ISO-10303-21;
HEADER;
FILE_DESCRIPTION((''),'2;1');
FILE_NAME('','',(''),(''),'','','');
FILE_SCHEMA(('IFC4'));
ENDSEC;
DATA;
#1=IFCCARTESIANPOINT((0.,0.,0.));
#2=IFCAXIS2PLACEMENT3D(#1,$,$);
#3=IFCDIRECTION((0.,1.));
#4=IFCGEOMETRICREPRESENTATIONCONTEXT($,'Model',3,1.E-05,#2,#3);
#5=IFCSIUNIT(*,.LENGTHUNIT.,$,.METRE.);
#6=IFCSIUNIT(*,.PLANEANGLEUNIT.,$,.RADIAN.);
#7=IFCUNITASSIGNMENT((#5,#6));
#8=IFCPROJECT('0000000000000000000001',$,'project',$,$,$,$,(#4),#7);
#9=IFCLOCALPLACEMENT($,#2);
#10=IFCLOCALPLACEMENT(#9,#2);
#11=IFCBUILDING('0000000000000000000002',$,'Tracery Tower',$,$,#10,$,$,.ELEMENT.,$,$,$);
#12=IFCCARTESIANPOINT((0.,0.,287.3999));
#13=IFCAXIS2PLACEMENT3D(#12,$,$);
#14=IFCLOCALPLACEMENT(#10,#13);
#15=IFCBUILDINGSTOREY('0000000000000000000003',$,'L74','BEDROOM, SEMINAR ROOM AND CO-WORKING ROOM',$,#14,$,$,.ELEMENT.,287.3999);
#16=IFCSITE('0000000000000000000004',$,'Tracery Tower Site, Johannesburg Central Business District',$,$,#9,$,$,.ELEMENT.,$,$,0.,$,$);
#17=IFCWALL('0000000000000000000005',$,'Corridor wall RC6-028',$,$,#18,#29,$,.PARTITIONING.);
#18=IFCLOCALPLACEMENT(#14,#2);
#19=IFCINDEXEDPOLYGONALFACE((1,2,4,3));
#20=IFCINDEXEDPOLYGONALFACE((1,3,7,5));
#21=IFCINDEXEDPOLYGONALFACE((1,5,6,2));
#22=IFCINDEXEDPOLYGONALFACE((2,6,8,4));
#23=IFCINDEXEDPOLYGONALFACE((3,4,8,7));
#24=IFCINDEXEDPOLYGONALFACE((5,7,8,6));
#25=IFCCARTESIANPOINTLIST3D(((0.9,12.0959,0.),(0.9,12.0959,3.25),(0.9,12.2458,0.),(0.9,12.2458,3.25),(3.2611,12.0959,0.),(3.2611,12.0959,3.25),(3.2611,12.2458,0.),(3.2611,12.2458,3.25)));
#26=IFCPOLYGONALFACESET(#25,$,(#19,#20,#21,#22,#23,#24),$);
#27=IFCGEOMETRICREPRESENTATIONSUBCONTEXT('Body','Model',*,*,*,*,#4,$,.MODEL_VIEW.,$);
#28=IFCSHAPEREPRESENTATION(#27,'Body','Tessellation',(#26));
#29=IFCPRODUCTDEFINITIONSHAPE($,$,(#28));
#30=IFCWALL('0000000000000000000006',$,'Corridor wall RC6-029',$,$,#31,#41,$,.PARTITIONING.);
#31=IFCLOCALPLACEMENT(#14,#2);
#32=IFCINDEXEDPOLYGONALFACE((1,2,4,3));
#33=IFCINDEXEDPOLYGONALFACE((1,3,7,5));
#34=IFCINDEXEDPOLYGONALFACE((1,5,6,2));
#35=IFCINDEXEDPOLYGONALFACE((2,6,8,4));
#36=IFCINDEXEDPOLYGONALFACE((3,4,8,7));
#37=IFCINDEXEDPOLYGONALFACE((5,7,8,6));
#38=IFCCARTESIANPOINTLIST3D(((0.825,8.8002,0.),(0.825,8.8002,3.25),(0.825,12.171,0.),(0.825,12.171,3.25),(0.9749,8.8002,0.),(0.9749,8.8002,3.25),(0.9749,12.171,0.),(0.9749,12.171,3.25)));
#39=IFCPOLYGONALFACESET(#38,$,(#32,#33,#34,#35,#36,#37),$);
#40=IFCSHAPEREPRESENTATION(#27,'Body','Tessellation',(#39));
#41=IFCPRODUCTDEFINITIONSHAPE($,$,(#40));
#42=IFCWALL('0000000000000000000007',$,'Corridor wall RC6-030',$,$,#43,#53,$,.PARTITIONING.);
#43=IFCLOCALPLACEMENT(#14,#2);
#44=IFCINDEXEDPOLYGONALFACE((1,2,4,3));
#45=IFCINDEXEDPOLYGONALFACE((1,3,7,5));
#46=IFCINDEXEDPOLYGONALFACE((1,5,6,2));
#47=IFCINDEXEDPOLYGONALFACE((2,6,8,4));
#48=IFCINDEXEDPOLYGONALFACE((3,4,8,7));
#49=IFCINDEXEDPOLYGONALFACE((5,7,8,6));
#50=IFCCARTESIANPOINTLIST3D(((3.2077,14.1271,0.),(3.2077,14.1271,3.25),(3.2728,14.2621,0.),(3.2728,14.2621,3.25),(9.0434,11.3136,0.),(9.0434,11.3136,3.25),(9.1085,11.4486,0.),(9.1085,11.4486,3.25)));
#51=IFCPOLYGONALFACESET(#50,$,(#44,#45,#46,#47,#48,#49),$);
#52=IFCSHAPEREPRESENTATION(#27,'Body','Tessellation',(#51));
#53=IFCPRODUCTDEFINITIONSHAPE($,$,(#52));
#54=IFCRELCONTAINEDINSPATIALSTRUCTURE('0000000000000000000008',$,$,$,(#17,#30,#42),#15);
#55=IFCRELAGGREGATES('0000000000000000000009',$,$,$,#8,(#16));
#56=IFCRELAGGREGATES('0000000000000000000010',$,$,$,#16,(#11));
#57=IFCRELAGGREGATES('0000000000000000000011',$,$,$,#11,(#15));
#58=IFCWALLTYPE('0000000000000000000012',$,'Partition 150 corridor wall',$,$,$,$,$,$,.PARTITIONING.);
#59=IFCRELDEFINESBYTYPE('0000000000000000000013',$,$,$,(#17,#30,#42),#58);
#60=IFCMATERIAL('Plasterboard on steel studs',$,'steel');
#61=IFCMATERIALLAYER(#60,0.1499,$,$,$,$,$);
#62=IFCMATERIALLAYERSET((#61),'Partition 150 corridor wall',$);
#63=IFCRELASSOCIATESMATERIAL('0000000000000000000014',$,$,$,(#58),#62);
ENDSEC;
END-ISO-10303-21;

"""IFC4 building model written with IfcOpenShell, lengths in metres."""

from ifc_helpers import new_model, si_unit, direction, frame, frame_2d, origin, place, context, subcontext, project, spatial, rectangle, extrude, material, layer, layer_set, type_object, element, save


model = new_model("IFC4")

# Units and contexts
model_context = context("Model", 3, precision=1e-05, world=origin(), true_north=direction((0.0, 1.0)))
body_context = subcontext(model_context, "Body", "Model", "MODEL_VIEW")
ifc_project = project(units=[si_unit("LENGTHUNIT", "METRE"), si_unit("PLANEANGLEUNIT", "RADIAN")], contexts=[model_context])

# Site, building, storey
site_placement = place(None, origin())
site = spatial("IfcSite", under=ifc_project, at=site_placement, Name="Tracery Tower Site, Johannesburg Central Business District", CompositionType="ELEMENT", RefElevation=0.0)
building_placement = place(site_placement, origin())
building = spatial("IfcBuilding", under=site, at=building_placement, Name="Tracery Tower", CompositionType="ELEMENT")
storey_placement = place(building_placement, frame((0.0, 0.0, 287.3999)))
storey = spatial("IfcBuildingStorey", under=building, at=storey_placement, Name="L74", Description="BEDROOM, SEMINAR ROOM AND CO-WORKING ROOM", CompositionType="ELEMENT", Elevation=287.3999)

# Shared definitions
ifc_material_1 = material(Name="Plasterboard on steel studs", Category="steel")
ifc_layer_1 = layer(ifc_material_1, 0.1499)
ifc_layer_set_1 = layer_set([ifc_layer_1], Name="Partition 150 corridor wall")
wall_type_1 = type_object("IfcWallType", Name="Partition 150 corridor wall", PredefinedType="PARTITIONING", material=ifc_layer_set_1)

# Walls
wall_1_placement = place(storey_placement, frame((0.8999, 12.1709, 0.0), z_axis=(0.0, 0.0, 1.0), x_axis=(1.0, 0.0, 0.0)))
element("IfcWall", 1, at=wall_1_placement, inside=storey, type_object=wall_type_1, Name="Corridor wall RC6-028", PredefinedType="PARTITIONING", context=body_context, shape_type="SweptSolid", body=[
    extrude(rectangle(XDim=2.3611, YDim=0.1499, at=frame_2d((1.1807, 0.0))), origin(), (0.0, 0.0, 1.0), 3.25),
])
wall_2_placement = place(storey_placement, frame((0.8999, 8.8, 0.0), z_axis=(0.0, 0.0, 1.0), x_axis=(0.0, 1.0, 0.0)))
element("IfcWall", 2, at=wall_2_placement, inside=storey, type_object=wall_type_1, Name="Corridor wall RC6-029", PredefinedType="PARTITIONING", context=body_context, shape_type="SweptSolid", body=[
    extrude(rectangle(XDim=3.3708, YDim=0.1499, at=frame_2d((1.6855, 0.0))), origin(), (0.0, 0.0, 1.0), 3.25),
])
wall_3_placement = place(storey_placement, frame((3.2402, 14.1946, 0.0), z_axis=(0.0, 0.0, 1.0), x_axis=(0.900778, -0.434279, 0.0)))
element("IfcWall", 3, at=wall_3_placement, inside=storey, type_object=wall_type_1, Name="Corridor wall RC6-030", PredefinedType="PARTITIONING", context=body_context, shape_type="SweptSolid", body=[
    extrude(rectangle(XDim=6.4785, YDim=0.1499, at=frame_2d((3.2393, 0.0))), origin(), (0.0, 0.0, 1.0), 3.25),
])

save(model, "model.ifc")
